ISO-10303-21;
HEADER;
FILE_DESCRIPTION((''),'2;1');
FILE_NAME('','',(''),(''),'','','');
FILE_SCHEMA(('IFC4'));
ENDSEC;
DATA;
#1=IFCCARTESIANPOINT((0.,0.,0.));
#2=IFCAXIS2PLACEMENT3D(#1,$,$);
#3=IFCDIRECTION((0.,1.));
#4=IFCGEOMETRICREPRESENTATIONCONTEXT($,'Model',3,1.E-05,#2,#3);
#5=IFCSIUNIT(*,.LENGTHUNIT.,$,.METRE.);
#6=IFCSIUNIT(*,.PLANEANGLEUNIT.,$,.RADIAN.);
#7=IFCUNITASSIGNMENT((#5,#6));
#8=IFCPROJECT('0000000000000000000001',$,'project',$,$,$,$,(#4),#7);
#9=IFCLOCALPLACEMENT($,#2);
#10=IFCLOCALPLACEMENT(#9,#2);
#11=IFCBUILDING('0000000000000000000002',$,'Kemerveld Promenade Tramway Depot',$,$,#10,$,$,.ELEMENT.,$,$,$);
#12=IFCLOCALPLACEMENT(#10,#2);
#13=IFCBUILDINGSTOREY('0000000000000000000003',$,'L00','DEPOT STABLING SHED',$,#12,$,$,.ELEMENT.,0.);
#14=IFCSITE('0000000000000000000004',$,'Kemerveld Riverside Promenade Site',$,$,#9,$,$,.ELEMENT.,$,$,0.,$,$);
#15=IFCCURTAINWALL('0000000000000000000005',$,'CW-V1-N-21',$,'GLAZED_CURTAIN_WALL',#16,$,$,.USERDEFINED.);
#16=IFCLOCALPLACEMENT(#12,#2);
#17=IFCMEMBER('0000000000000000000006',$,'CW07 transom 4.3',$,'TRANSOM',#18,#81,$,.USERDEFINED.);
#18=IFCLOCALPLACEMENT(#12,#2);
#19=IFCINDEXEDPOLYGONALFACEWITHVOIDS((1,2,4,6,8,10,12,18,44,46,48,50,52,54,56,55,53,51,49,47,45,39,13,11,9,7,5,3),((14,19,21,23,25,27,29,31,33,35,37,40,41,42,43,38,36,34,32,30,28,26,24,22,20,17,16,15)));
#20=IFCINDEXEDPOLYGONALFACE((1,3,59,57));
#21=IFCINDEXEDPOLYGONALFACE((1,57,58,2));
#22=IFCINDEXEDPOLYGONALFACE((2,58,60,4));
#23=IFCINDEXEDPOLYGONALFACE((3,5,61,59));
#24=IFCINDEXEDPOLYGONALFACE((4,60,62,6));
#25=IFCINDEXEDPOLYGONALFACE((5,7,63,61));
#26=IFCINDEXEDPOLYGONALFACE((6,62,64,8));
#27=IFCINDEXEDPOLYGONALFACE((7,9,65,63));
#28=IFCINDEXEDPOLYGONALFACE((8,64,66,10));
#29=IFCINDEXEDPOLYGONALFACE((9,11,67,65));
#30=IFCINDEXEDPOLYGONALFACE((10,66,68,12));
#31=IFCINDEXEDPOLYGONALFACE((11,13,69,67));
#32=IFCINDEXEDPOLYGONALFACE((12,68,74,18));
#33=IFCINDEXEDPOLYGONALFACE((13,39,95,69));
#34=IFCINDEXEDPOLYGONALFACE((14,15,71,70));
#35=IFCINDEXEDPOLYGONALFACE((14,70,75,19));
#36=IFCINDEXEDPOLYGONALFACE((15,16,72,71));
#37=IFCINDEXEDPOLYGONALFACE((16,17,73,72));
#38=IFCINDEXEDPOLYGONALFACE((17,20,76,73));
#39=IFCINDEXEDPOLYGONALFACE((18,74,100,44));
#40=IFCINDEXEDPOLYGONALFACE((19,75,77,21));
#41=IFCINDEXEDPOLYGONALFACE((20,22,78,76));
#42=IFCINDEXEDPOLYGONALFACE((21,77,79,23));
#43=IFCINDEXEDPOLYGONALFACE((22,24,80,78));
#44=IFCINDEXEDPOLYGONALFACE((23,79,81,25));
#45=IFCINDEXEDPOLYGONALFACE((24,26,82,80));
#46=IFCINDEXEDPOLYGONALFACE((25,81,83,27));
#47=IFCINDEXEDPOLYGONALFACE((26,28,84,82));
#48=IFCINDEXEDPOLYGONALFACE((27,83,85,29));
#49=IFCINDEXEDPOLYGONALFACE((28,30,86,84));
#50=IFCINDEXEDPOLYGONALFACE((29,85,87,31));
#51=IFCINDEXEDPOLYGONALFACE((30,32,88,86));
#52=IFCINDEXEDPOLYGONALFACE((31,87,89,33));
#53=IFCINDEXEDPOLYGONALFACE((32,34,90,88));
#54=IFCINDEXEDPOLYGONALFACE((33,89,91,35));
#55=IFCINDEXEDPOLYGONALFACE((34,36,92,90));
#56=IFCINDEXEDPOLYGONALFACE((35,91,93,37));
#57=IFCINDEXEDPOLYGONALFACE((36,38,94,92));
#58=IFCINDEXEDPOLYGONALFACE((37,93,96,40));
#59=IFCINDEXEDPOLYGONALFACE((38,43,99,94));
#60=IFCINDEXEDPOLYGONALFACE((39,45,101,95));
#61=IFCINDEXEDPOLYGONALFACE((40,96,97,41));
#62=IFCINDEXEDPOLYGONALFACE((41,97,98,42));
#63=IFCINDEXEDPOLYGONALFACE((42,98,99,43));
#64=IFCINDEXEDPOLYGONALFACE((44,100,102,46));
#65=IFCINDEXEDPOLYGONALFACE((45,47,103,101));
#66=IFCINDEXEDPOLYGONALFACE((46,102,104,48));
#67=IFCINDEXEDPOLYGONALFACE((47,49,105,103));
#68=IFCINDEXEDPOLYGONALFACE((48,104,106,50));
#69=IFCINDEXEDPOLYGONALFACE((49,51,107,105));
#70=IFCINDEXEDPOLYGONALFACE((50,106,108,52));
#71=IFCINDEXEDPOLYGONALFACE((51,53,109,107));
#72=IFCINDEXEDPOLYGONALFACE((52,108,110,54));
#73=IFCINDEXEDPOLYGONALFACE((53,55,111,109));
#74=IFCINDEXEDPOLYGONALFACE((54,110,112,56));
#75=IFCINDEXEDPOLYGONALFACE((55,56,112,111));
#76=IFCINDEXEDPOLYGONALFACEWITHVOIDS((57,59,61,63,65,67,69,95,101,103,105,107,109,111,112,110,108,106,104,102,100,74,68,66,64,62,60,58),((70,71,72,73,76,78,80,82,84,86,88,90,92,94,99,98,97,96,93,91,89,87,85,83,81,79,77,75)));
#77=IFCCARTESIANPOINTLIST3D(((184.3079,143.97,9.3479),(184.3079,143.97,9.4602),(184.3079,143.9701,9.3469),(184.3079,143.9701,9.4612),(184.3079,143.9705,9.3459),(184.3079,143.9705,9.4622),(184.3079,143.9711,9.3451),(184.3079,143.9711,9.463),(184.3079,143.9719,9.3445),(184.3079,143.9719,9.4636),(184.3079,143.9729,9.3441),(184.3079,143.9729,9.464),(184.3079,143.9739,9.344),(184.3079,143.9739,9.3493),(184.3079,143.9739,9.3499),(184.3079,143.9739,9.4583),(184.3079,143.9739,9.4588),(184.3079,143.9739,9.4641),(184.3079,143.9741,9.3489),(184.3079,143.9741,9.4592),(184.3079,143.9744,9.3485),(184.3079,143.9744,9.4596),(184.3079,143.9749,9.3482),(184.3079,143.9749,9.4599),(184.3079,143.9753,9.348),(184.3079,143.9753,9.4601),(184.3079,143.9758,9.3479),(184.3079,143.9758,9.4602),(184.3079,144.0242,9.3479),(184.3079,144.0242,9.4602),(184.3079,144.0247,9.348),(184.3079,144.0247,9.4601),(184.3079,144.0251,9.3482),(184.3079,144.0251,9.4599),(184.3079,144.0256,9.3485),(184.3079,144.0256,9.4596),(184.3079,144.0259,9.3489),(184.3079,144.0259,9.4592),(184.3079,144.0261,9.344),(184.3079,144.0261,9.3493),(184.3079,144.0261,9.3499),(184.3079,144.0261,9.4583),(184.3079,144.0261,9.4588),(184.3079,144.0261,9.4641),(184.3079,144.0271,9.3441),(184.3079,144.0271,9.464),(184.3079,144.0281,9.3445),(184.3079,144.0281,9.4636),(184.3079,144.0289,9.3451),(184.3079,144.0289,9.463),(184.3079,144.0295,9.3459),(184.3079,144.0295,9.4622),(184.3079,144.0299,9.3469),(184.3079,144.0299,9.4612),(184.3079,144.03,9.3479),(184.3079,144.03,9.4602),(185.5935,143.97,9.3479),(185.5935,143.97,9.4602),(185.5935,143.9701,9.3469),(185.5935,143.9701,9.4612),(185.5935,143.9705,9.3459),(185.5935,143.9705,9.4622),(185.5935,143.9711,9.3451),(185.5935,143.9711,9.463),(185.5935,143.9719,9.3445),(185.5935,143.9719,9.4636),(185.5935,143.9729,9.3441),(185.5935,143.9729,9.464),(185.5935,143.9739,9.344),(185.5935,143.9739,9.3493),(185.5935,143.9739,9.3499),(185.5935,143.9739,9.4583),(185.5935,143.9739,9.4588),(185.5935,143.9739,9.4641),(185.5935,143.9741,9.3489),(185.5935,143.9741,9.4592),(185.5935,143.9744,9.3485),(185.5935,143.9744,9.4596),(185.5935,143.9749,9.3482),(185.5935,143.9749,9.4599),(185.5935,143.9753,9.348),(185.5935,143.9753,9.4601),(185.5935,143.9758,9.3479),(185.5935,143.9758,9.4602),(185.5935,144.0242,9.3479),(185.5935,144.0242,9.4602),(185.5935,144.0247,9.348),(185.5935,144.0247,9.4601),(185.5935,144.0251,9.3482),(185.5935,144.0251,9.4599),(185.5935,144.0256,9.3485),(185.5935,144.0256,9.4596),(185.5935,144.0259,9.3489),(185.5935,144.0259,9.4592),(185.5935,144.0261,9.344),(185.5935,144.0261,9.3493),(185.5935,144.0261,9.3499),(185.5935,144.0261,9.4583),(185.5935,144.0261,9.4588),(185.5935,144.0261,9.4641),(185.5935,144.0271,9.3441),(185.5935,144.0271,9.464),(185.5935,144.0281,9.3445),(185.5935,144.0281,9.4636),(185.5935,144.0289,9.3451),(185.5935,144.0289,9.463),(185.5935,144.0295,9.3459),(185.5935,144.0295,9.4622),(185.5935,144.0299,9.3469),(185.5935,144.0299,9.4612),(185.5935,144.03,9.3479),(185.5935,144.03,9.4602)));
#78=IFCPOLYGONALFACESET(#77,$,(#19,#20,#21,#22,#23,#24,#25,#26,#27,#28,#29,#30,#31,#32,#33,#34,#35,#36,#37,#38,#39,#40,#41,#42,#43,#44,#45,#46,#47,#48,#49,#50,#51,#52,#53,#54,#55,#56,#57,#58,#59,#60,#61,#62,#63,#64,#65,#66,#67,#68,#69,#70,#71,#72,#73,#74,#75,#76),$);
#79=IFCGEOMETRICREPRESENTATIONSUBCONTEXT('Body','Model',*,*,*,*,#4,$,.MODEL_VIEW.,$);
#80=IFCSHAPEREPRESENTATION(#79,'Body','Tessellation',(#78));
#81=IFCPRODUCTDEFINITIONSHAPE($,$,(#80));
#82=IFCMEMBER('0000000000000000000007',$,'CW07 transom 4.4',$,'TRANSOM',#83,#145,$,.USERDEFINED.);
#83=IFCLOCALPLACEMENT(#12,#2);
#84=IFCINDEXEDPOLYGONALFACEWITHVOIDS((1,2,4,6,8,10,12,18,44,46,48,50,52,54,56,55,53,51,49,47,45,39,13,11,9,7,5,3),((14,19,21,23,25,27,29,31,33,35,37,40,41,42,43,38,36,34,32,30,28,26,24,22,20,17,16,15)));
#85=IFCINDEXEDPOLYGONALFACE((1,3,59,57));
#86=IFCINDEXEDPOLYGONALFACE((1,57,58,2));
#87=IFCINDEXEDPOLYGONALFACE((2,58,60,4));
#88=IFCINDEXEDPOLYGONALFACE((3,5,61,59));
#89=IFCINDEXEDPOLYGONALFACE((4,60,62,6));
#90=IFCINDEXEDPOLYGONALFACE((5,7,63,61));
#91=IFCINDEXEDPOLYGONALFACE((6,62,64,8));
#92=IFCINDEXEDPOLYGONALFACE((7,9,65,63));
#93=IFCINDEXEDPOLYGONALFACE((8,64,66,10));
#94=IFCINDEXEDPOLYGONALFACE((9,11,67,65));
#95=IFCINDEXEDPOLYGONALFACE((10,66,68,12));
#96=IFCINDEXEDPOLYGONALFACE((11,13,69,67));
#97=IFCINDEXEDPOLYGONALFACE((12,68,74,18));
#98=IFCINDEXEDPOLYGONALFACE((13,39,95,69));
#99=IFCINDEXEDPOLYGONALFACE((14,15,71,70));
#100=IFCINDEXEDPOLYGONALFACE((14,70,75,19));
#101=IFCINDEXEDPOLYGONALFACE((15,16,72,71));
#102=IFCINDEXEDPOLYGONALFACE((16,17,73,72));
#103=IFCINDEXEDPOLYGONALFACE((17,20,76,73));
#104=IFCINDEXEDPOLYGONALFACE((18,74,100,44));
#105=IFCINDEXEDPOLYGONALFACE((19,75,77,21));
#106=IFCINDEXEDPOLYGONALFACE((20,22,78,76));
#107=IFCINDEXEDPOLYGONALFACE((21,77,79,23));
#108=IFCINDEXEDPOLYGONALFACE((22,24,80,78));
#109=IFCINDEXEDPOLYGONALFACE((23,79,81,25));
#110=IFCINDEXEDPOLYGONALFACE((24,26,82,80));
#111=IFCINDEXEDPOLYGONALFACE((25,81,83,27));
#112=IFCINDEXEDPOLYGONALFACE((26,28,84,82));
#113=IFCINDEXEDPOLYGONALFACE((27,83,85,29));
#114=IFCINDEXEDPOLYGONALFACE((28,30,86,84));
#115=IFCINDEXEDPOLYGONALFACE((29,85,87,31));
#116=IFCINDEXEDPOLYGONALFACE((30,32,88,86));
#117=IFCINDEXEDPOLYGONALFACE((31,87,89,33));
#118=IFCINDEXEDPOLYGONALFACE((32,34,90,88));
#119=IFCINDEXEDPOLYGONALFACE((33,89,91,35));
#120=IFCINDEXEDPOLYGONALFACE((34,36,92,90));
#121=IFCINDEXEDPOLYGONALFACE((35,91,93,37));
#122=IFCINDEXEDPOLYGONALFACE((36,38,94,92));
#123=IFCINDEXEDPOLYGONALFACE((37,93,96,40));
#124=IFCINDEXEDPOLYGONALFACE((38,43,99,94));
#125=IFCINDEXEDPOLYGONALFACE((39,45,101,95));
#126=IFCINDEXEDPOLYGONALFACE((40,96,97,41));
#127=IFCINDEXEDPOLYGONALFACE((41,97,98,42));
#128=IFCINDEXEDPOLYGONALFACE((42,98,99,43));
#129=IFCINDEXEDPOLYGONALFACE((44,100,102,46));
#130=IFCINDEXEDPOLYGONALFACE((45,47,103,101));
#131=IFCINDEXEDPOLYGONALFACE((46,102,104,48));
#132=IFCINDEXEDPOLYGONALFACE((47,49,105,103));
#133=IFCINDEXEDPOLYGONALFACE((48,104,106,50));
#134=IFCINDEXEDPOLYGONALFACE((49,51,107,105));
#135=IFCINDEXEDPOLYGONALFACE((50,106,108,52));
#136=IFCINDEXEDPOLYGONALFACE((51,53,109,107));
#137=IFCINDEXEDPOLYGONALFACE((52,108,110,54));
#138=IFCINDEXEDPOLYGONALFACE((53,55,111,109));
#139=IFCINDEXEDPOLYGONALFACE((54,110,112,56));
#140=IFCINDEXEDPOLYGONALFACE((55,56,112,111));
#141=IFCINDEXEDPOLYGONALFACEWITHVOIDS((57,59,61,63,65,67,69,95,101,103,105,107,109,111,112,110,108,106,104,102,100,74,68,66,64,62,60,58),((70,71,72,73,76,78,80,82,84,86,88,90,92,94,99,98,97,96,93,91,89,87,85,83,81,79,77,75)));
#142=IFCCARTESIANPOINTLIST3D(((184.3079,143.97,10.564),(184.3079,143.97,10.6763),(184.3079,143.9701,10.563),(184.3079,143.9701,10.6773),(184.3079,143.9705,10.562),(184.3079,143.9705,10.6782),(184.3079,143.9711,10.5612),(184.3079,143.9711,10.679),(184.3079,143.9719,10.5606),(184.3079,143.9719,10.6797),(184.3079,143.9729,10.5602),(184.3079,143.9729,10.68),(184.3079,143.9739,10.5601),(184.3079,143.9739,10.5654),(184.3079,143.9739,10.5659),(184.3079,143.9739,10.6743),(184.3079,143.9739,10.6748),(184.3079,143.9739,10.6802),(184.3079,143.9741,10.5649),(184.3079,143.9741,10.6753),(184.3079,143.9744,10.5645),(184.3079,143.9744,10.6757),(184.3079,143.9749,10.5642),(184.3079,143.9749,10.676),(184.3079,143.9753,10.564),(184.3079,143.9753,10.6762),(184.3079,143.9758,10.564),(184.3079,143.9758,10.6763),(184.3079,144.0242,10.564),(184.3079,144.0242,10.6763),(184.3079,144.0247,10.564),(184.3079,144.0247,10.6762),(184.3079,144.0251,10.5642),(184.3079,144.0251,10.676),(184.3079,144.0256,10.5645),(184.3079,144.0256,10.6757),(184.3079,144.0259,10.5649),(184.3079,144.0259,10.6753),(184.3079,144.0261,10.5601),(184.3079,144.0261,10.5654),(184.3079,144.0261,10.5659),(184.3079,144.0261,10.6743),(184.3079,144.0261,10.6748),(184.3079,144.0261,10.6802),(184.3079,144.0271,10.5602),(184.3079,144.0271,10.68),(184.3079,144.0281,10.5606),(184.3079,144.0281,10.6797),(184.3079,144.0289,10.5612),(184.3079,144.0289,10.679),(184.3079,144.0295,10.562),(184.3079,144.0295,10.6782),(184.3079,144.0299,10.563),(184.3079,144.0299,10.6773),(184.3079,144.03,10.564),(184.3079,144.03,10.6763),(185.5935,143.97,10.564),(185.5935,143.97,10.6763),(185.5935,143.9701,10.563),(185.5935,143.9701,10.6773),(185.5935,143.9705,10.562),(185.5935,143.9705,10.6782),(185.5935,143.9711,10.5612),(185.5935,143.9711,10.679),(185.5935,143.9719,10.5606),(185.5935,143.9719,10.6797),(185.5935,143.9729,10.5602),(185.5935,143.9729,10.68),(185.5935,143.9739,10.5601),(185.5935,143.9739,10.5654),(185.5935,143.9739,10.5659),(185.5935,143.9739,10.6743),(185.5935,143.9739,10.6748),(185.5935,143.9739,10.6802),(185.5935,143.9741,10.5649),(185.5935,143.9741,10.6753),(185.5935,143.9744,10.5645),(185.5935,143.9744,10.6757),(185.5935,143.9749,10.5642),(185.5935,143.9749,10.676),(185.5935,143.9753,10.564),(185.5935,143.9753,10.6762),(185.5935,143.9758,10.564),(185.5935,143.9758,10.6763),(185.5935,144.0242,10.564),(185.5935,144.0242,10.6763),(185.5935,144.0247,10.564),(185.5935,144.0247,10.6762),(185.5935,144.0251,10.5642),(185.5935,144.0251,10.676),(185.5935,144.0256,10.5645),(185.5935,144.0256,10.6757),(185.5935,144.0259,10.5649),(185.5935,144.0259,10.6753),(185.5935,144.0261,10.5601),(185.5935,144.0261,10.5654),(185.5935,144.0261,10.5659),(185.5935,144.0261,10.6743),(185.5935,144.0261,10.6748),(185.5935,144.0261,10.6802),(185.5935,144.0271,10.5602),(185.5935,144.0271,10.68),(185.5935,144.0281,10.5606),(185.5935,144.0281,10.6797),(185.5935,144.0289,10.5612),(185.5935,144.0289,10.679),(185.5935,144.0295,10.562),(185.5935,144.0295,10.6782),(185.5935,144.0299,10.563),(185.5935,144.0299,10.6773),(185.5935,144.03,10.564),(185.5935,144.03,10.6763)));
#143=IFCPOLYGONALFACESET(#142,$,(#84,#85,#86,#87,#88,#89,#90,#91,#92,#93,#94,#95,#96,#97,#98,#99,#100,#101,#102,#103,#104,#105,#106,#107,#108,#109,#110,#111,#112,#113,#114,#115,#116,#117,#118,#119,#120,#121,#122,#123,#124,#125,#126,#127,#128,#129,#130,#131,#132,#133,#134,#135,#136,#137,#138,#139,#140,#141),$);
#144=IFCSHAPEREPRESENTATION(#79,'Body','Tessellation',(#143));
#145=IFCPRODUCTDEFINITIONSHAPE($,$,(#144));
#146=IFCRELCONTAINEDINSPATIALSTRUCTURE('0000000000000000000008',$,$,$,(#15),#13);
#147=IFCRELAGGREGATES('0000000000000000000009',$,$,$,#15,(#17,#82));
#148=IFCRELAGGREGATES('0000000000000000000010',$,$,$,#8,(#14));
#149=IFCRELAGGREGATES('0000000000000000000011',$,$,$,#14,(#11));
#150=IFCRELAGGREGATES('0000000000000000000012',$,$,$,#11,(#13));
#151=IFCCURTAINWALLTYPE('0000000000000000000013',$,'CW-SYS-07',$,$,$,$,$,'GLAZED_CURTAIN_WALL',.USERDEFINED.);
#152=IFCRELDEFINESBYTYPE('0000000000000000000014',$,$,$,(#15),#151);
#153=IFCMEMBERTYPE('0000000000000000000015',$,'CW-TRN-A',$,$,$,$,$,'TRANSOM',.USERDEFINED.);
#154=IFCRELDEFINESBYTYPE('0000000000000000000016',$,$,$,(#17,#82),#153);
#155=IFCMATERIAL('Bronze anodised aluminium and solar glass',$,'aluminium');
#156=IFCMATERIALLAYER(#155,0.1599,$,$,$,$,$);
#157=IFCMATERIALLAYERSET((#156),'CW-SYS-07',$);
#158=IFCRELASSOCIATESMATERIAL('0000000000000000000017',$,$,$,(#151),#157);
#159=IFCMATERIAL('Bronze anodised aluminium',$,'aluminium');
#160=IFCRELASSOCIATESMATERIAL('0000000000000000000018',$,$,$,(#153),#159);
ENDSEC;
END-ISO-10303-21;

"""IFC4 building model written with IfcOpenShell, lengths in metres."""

from ifc_helpers import new_model, si_unit, direction, frame, origin, origin_2d, place, context, subcontext, project, spatial, hollow_rectangle, extrude, material, layer, layer_set, material_profile, profile_set, type_object, element, aggregate, save


model = new_model("IFC4")

# Units and contexts
model_context = context("Model", 3, precision=1e-05, world=origin(), true_north=direction((0.0, 1.0)))
body_context = subcontext(model_context, "Body", "Model", "MODEL_VIEW")
ifc_project = project(units=[si_unit("LENGTHUNIT", "METRE"), si_unit("PLANEANGLEUNIT", "RADIAN")], contexts=[model_context])

# Site, building, storey
site_placement = place(None, origin())
site = spatial("IfcSite", under=ifc_project, at=site_placement, Name="Kemerveld Riverside Promenade Site", CompositionType="ELEMENT", RefElevation=0.0)
building_placement = place(site_placement, origin())
building = spatial("IfcBuilding", under=site, at=building_placement, Name="Kemerveld Promenade Tramway Depot", CompositionType="ELEMENT")
storey_placement = place(building_placement, origin())
storey = spatial("IfcBuildingStorey", under=building, at=storey_placement, Name="L00", Description="DEPOT STABLING SHED", CompositionType="ELEMENT", Elevation=0.0)

# Curtain wall, members
ifc_material_1 = material(Name="Bronze anodised aluminium and solar glass", Category="aluminium")
ifc_layer_1 = layer(ifc_material_1, 0.1599)
ifc_layer_set_1 = layer_set([ifc_layer_1], Name="CW-SYS-07")
curtain_wall_type_1 = type_object("IfcCurtainWallType", Name="CW-SYS-07", ElementType="GLAZED_CURTAIN_WALL", PredefinedType="USERDEFINED", material=ifc_layer_set_1)
curtain_wall_1_placement = place(storey_placement, origin())
curtain_wall_1 = element("IfcCurtainWall", 1, at=curtain_wall_1_placement, inside=storey, type_object=curtain_wall_type_1, Name="CW-V1-N-21", ObjectType="GLAZED_CURTAIN_WALL", PredefinedType="USERDEFINED")
ifc_material_2 = material(Name="Bronze anodised aluminium", Category="aluminium")
ifc_material_profile_1 = material_profile(ifc_material_2, hollow_rectangle(XDim=0.0601, YDim=0.1201, WallThickness=0.0039, InnerFilletRadius=0.002, OuterFilletRadius=0.0039, at=origin_2d()), Name="CW-TRN-120x60")
ifc_profile_set_1 = profile_set([ifc_material_profile_1], Name="Bronze anodised aluminium")
member_type_1 = type_object("IfcMemberType", Name="CW-TRN-A", ElementType="TRANSOM", PredefinedType="USERDEFINED", material=ifc_profile_set_1)
member_1_placement = place(storey_placement, frame((184.3079, 144.0, 9.4041), z_axis=(1.0, 0.0, 0.0), x_axis=(0.0, 1.0, 0.0)))
member_1 = element("IfcMember", 2, at=member_1_placement, type_object=member_type_1, Name="CW07 transom 4.3", ObjectType="TRANSOM", PredefinedType="USERDEFINED", context=body_context, shape_type="SweptSolid", body=[
    extrude(hollow_rectangle(XDim=0.0601, YDim=0.1201, WallThickness=0.0039, InnerFilletRadius=0.002, OuterFilletRadius=0.0039, at=origin_2d()), origin(), (0.0, 0.0, 1.0), 1.2856),
])
member_2_placement = place(storey_placement, frame((184.3079, 144.0, 10.6201), z_axis=(1.0, 0.0, 0.0), x_axis=(0.0, 1.0, 0.0)))
member_2 = element("IfcMember", 3, at=member_2_placement, type_object=member_type_1, Name="CW07 transom 4.4", ObjectType="TRANSOM", PredefinedType="USERDEFINED", context=body_context, shape_type="SweptSolid", body=[
    extrude(hollow_rectangle(XDim=0.0601, YDim=0.1201, WallThickness=0.0039, InnerFilletRadius=0.002, OuterFilletRadius=0.0039, at=origin_2d()), origin(), (0.0, 0.0, 1.0), 1.2856),
])

aggregate(curtain_wall_1, [member_1, member_2])

save(model, "model.ifc")
